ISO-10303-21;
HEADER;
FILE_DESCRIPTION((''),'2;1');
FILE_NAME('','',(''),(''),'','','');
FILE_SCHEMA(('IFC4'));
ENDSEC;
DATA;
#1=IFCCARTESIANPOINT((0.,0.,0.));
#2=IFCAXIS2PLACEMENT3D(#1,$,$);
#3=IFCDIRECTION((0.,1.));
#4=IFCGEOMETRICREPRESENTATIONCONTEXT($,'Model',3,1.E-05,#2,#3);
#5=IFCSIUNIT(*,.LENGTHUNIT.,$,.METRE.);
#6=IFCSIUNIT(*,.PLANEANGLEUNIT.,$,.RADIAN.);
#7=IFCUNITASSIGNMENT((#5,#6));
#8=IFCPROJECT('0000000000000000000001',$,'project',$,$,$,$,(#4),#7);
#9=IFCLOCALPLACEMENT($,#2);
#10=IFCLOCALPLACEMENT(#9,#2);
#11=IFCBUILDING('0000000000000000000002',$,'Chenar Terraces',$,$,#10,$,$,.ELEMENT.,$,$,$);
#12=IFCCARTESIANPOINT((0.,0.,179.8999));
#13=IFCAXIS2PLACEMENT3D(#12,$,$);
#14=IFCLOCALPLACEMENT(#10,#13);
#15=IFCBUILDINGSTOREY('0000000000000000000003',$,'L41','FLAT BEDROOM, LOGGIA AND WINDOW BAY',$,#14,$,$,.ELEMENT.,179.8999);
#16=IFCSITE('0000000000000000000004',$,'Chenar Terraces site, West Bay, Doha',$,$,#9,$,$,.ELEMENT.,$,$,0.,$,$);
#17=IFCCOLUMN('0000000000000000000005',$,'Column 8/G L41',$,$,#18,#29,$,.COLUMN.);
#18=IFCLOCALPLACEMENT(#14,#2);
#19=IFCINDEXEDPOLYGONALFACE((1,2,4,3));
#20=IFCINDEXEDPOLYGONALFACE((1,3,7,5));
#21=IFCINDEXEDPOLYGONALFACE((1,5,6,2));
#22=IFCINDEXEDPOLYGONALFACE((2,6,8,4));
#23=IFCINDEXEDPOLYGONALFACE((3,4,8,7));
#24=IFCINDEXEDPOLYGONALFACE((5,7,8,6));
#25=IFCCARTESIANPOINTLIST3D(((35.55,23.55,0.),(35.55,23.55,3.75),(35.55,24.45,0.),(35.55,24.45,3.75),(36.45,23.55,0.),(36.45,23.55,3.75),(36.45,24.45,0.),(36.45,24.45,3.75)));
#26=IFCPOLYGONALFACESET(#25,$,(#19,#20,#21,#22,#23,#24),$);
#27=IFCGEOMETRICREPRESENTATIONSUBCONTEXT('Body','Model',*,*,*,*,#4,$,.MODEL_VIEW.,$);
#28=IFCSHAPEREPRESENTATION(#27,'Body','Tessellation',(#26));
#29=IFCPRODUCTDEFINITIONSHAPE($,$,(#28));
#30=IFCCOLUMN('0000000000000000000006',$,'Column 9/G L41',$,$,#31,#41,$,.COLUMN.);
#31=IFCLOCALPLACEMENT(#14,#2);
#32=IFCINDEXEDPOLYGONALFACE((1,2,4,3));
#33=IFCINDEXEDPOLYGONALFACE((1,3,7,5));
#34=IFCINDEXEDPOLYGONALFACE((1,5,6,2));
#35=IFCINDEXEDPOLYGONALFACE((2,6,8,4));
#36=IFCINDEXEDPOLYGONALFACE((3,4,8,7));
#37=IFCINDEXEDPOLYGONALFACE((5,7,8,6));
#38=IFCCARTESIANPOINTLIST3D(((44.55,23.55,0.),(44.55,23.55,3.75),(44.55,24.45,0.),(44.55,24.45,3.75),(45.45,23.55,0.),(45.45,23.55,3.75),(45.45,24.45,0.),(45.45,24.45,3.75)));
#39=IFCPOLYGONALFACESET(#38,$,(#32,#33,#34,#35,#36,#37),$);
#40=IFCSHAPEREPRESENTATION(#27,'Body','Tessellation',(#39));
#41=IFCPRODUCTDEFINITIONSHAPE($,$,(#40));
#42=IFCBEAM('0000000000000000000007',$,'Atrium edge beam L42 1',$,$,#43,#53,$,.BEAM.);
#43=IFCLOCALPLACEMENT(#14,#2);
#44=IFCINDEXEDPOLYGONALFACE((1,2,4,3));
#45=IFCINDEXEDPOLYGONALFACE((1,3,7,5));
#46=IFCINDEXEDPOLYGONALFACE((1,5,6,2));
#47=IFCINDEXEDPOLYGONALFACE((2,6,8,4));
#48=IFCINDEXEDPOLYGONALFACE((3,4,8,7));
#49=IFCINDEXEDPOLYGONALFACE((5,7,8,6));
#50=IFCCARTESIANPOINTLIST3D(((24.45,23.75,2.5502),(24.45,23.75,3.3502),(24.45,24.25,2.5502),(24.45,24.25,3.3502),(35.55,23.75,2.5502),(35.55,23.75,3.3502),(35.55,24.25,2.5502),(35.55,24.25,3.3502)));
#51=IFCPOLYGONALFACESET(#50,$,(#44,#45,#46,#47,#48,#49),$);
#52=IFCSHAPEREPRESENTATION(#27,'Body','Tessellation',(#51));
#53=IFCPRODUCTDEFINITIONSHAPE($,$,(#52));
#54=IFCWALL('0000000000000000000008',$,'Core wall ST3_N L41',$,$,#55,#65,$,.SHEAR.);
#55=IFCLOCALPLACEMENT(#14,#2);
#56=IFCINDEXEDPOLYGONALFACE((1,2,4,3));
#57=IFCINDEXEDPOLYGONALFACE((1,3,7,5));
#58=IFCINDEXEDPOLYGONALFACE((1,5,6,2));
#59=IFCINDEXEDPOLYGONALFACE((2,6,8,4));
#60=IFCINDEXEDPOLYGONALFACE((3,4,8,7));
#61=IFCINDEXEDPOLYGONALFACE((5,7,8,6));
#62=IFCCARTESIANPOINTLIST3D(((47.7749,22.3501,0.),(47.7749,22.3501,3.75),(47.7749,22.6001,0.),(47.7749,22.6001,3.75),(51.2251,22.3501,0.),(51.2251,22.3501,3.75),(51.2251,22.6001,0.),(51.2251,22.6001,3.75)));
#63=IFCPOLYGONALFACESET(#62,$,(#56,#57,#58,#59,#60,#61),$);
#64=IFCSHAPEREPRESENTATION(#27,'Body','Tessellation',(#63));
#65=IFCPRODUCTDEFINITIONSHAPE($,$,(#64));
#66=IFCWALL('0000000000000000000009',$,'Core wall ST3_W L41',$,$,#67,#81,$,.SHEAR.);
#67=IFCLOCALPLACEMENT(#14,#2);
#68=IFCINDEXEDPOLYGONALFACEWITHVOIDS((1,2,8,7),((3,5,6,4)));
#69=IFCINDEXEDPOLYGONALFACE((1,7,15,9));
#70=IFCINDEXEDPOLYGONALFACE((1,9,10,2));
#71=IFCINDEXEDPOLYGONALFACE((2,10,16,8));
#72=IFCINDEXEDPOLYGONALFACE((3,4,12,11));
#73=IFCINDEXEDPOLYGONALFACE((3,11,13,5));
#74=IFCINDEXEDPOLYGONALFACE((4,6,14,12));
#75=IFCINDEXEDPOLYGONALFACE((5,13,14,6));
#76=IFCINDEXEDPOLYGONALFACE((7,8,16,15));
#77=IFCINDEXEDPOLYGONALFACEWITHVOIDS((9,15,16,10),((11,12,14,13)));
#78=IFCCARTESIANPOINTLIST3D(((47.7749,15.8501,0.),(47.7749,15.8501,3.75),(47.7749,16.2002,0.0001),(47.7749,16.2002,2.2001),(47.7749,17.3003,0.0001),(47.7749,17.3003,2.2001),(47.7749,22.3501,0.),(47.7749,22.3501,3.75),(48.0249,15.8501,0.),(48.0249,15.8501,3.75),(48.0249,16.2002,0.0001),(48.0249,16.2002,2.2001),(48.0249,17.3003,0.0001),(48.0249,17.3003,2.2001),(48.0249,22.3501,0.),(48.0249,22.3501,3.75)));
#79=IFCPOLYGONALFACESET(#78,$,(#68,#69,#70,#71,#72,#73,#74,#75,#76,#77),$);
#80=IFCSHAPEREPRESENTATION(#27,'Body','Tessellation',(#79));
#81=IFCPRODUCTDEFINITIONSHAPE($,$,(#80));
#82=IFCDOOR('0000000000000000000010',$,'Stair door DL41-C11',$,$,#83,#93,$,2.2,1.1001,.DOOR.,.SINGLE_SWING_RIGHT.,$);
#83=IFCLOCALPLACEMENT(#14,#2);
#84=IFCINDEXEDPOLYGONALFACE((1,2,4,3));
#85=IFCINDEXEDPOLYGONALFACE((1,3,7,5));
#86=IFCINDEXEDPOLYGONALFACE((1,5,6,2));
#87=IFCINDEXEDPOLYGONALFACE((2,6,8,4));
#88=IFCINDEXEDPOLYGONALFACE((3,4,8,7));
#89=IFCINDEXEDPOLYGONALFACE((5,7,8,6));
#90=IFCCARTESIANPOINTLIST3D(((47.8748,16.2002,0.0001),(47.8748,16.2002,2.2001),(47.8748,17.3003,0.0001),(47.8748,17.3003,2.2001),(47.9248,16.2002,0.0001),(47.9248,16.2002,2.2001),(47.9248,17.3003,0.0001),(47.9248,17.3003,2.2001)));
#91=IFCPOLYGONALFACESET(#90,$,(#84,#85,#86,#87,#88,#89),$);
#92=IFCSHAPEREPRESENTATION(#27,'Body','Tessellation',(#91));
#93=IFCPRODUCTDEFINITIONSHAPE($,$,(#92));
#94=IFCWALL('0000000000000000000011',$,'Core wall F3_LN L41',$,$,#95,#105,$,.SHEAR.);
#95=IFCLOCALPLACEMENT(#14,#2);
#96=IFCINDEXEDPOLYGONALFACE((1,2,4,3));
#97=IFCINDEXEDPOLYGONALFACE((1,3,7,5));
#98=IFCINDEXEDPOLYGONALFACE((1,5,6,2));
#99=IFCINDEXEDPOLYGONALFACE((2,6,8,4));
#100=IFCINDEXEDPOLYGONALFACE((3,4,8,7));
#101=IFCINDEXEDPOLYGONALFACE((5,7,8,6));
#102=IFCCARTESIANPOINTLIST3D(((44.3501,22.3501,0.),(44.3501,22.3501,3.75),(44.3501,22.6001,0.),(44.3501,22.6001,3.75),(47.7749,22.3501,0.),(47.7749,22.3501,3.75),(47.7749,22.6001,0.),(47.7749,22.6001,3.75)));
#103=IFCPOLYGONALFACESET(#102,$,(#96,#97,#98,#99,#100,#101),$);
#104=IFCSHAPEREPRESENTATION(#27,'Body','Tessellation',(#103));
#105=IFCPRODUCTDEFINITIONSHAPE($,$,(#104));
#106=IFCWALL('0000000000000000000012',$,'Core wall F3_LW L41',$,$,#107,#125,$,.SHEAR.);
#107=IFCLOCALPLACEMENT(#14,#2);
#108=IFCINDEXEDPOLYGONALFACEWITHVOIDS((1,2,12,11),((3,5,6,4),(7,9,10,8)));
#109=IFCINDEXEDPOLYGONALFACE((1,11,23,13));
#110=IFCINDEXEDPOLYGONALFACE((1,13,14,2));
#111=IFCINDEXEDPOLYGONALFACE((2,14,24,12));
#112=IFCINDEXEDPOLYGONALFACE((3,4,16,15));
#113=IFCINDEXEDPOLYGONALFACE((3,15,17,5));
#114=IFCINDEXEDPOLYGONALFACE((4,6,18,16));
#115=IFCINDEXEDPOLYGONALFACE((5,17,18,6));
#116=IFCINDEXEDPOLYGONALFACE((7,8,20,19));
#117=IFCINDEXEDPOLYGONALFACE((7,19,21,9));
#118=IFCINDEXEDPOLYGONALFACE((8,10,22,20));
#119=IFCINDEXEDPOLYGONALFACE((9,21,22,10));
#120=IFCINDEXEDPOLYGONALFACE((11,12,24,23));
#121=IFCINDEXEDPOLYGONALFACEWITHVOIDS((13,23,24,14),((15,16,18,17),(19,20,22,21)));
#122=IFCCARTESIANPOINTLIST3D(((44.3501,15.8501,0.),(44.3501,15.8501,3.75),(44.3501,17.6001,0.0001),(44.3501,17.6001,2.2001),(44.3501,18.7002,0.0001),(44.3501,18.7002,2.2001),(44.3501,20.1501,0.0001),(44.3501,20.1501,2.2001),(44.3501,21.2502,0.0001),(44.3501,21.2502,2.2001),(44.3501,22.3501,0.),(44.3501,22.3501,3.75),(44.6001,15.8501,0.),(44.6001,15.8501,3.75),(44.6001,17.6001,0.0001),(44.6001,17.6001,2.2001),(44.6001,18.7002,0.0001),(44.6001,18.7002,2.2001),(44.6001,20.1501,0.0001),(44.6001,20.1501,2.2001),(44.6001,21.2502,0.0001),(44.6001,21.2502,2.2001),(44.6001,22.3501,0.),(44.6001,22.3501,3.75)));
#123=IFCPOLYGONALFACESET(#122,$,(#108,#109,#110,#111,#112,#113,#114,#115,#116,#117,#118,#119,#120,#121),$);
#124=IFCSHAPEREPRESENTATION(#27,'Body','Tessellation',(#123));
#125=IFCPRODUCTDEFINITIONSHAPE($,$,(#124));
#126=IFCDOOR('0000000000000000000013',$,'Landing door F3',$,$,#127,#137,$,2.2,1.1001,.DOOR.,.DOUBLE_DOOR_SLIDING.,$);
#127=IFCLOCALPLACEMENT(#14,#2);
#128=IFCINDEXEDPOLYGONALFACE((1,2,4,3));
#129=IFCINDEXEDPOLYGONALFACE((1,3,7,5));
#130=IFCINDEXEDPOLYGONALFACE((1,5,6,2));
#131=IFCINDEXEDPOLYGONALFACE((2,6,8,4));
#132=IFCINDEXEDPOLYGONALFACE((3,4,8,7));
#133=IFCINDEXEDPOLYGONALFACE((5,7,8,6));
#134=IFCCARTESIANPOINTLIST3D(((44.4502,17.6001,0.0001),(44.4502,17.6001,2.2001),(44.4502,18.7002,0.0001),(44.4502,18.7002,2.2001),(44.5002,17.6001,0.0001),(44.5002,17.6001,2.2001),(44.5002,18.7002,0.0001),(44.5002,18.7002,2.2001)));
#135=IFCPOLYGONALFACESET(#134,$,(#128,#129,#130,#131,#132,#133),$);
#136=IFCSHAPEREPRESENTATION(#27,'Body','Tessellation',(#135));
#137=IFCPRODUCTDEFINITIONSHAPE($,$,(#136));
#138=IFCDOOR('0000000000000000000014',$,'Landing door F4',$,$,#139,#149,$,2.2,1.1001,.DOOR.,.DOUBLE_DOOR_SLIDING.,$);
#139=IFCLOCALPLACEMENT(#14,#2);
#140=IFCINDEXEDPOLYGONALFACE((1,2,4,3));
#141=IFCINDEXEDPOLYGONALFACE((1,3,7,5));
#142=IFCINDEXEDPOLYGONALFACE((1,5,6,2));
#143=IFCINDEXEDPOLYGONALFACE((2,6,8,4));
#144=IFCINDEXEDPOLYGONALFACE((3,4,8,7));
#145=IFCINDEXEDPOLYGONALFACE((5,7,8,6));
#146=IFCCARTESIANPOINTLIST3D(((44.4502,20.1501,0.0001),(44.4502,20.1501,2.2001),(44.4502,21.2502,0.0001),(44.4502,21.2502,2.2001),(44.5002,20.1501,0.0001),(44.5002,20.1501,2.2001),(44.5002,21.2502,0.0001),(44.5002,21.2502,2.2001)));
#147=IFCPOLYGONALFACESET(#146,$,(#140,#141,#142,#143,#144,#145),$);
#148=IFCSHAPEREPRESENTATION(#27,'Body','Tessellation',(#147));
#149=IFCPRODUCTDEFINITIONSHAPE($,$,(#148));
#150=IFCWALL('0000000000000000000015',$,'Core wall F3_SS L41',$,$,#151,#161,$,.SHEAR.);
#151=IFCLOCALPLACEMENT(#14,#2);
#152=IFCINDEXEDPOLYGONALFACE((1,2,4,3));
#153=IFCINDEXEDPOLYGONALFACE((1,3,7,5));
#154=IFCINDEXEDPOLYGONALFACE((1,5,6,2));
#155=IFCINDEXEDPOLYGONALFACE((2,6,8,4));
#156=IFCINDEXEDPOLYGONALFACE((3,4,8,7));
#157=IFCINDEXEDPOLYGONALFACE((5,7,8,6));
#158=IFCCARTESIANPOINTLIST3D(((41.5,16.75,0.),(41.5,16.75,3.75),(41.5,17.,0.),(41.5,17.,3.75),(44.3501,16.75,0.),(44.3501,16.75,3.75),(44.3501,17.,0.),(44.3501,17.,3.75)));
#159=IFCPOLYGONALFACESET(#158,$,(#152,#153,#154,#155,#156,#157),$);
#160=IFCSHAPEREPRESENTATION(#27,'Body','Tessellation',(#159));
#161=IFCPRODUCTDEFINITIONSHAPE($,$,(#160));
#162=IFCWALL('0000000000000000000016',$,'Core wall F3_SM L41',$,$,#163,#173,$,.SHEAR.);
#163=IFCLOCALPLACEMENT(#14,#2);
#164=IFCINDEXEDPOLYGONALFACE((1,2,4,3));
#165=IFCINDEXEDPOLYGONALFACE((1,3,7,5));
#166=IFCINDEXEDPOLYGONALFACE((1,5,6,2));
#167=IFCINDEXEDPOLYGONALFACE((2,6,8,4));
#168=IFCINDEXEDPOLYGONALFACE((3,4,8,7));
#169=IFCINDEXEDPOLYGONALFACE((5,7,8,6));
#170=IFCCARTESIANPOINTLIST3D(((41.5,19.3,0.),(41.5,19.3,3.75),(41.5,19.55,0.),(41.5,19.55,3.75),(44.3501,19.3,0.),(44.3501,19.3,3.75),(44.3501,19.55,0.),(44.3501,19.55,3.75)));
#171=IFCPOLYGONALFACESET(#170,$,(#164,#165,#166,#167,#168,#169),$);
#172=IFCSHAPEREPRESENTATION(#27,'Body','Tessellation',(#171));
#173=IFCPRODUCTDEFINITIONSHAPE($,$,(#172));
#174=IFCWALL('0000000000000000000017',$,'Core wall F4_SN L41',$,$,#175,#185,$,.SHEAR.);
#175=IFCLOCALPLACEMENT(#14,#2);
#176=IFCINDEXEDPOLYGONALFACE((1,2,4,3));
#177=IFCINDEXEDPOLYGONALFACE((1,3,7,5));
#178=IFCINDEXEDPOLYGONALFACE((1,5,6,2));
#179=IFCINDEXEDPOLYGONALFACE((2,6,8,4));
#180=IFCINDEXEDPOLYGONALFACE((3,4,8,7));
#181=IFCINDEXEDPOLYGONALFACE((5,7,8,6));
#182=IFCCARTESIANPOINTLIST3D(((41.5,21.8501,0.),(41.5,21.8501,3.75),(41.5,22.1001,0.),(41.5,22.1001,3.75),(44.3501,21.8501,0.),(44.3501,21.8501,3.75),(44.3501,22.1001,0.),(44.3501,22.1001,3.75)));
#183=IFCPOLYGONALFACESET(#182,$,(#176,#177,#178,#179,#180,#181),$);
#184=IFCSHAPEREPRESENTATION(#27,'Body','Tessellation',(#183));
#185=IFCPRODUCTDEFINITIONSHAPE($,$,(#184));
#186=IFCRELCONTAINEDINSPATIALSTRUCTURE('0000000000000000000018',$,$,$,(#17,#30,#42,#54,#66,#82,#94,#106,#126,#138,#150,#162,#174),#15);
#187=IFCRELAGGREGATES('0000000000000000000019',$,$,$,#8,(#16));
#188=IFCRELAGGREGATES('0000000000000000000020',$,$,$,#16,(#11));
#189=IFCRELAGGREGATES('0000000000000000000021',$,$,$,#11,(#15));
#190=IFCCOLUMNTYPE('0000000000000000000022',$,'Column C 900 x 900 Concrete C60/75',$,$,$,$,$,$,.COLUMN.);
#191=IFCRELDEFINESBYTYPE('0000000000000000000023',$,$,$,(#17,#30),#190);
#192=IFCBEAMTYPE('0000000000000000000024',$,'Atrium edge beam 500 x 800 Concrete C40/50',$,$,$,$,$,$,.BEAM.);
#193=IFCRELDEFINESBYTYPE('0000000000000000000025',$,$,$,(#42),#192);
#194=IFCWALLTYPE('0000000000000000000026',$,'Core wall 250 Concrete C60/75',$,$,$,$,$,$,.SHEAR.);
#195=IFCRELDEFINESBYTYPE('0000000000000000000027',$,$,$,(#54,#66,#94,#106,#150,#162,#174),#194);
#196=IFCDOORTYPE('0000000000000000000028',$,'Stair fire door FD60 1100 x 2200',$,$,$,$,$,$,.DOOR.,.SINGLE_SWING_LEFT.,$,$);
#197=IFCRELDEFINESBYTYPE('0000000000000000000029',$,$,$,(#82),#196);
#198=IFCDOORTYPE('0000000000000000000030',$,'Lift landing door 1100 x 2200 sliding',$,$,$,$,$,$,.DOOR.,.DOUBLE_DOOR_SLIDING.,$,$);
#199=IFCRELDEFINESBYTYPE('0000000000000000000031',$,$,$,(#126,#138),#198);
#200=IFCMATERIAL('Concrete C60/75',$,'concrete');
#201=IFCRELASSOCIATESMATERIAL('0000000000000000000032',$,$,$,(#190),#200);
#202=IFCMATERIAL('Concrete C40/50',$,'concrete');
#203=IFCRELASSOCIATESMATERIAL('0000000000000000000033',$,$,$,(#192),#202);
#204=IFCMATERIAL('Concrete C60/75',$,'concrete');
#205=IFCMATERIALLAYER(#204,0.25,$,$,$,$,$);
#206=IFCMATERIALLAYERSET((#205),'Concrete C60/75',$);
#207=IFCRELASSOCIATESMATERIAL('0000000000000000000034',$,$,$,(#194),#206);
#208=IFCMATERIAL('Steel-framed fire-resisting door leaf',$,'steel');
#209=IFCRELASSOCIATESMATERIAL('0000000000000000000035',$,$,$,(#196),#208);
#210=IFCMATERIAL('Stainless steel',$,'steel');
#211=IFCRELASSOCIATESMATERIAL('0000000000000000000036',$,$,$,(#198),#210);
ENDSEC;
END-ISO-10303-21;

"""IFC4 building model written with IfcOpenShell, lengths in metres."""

from ifc_helpers import new_model, si_unit, direction, frame, frame_2d, origin, origin_2d, place, context, subcontext, project, spatial, rectangle, extrude, material, layer, layer_set, material_profile, profile_set, type_object, element, fill, save


model = new_model("IFC4")

# Units and contexts
model_context = context("Model", 3, precision=1e-05, world=origin(), true_north=direction((0.0, 1.0)))
body_context = subcontext(model_context, "Body", "Model", "MODEL_VIEW")
ifc_project = project(units=[si_unit("LENGTHUNIT", "METRE"), si_unit("PLANEANGLEUNIT", "RADIAN")], contexts=[model_context])

# Site, building, storey
site_placement = place(None, origin())
site = spatial("IfcSite", under=ifc_project, at=site_placement, Name="Chenar Terraces site, West Bay, Doha", CompositionType="ELEMENT", RefElevation=0.0)
building_placement = place(site_placement, origin())
building = spatial("IfcBuilding", under=site, at=building_placement, Name="Chenar Terraces", CompositionType="ELEMENT")
storey_placement = place(building_placement, frame((0.0, 0.0, 179.8999)))
storey = spatial("IfcBuildingStorey", under=building, at=storey_placement, Name="L41", Description="FLAT BEDROOM, LOGGIA AND WINDOW BAY", CompositionType="ELEMENT", Elevation=179.8999)

# Columns
ifc_material_1 = material(Name="Concrete C60/75", Category="concrete")
ifc_material_profile_1 = material_profile(ifc_material_1, rectangle(XDim=0.8999, YDim=0.8999, at=origin_2d()), Name="C 900 x 900")
ifc_profile_set_1 = profile_set([ifc_material_profile_1], Name="Concrete C60/75")
column_type = type_object("IfcColumnType", Name="Column C 900 x 900 Concrete C60/75", PredefinedType="COLUMN", material=ifc_profile_set_1)
for number, where, z_axis, x_axis, name in (
    (1, (36.0, 24.0, 0.0), (0.0, 0.0, 1.0), (1.0, 0.0, 0.0), "Column 8/G L41"),
    (2, (45.0, 24.0, 0.0), (0.0, 0.0, 1.0), (1.0, 0.0, 0.0), "Column 9/G L41"),
):
    element("IfcColumn", number, at=place(storey_placement, frame(where, z_axis=z_axis, x_axis=x_axis)), inside=storey, type_object=column_type, Name=name, PredefinedType="COLUMN", context=body_context, shape_type="SweptSolid", body=[
        extrude(rectangle(XDim=0.8999, YDim=0.8999, at=origin_2d()), origin(), (0.0, 0.0, 1.0), 3.75),
    ])

# Beam
ifc_material_2 = material(Name="Concrete C40/50", Category="concrete")
ifc_material_profile_2 = material_profile(ifc_material_2, rectangle(XDim=0.5, YDim=0.8, at=origin_2d()), Name="RC 500 x 800")
ifc_profile_set_2 = profile_set([ifc_material_profile_2], Name="Concrete C40/50")
beam_type = type_object("IfcBeamType", Name="Atrium edge beam 500 x 800 Concrete C40/50", PredefinedType="BEAM", material=ifc_profile_set_2)
beam_placement = place(storey_placement, frame((24.45, 24.0, 2.9502), z_axis=(1.0, 0.0, 0.0), x_axis=(0.0, 1.0, 0.0)))
element("IfcBeam", 3, at=beam_placement, inside=storey, type_object=beam_type, Name="Atrium edge beam L42 1", PredefinedType="BEAM", context=body_context, shape_type="SweptSolid", body=[
    extrude(rectangle(XDim=0.5, YDim=0.8, at=origin_2d()), origin(), (0.0, 0.0, 1.0), 11.1001),
])

# Wall
ifc_material_3 = material(Name="Concrete C60/75", Category="concrete")
ifc_layer_1 = layer(ifc_material_3, 0.25)
ifc_layer_set_1 = layer_set([ifc_layer_1], Name="Concrete C60/75")
wall_type_1 = type_object("IfcWallType", Name="Core wall 250 Concrete C60/75", PredefinedType="SHEAR", material=ifc_layer_set_1)
wall_1_placement = place(storey_placement, frame((47.7749, 22.4751, 0.0), z_axis=(0.0, 0.0, 1.0), x_axis=(1.0, 0.0, 0.0)))
element("IfcWall", 4, at=wall_1_placement, inside=storey, type_object=wall_type_1, Name="Core wall ST3_N L41", PredefinedType="SHEAR", context=body_context, shape_type="SweptSolid", body=[
    extrude(rectangle(XDim=3.4502, YDim=0.25, at=frame_2d((1.7251, 0.0))), origin(), (0.0, 0.0, 1.0), 3.75),
])

# Wall, opening, door
wall_2_placement = place(storey_placement, frame((47.8999, 15.8501, 0.0), z_axis=(0.0, 0.0, 1.0), x_axis=(0.0, 1.0, 0.0)))
wall_2 = element("IfcWall", 5, at=wall_2_placement, inside=storey, type_object=wall_type_1, Name="Core wall ST3_W L41", PredefinedType="SHEAR", context=body_context, shape_type="SweptSolid", body=[
    extrude(rectangle(XDim=6.5, YDim=0.25, at=frame_2d((3.25, 0.0))), origin(), (0.0, 0.0, 1.0), 3.75),
])
opening_1_placement = place(wall_2_placement, frame((0.3501, 0.0, 0.0)))
opening_1 = element("IfcOpeningElement", 6, at=opening_1_placement, cuts=wall_2, PredefinedType="OPENING", context=body_context, shape_type="SweptSolid", body=[
    extrude(rectangle(XDim=1.1001, YDim=2.2, at=frame_2d((0.55, 1.1001))), frame((0.0, 0.135, 0.0), z_axis=(0.0, -1.0, 0.0), x_axis=(1.0, 0.0, 0.0)), (0.0, 0.0, 1.0), 0.27),
])
ifc_material_4 = material(Name="Steel-framed fire-resisting door leaf", Category="steel")
door_type_1 = type_object("IfcDoorType", Name="Stair fire door FD60 1100 x 2200", OperationType="SINGLE_SWING_LEFT", PredefinedType="DOOR", material=ifc_material_4)
door_1_placement = place(opening_1_placement, frame((1.1001, 0.0, 0.0), z_axis=(0.0, 0.0, 1.0), x_axis=(-1.0, 0.0, 0.0)))
door_1 = element("IfcDoor", 7, at=door_1_placement, inside=storey, type_object=door_type_1, Name="Stair door DL41-C11", OperationType="SINGLE_SWING_RIGHT", OverallHeight=2.2, OverallWidth=1.1001, PredefinedType="DOOR", context=body_context, shape_type="SweptSolid", body=[
    extrude(rectangle(XDim=1.1001, YDim=2.2, at=frame_2d((0.55, 1.1001))), frame((0.0, 0.0249, 0.0), z_axis=(0.0, -1.0, 0.0), x_axis=(1.0, 0.0, 0.0)), (0.0, 0.0, 1.0), 0.05),
])
fill(opening_1, door_1)

# Wall
wall_3_placement = place(storey_placement, frame((44.3501, 22.4751, 0.0), z_axis=(0.0, 0.0, 1.0), x_axis=(1.0, 0.0, 0.0)))
element("IfcWall", 8, at=wall_3_placement, inside=storey, type_object=wall_type_1, Name="Core wall F3_LN L41", PredefinedType="SHEAR", context=body_context, shape_type="SweptSolid", body=[
    extrude(rectangle(XDim=3.4248, YDim=0.25, at=frame_2d((1.7124, 0.0))), origin(), (0.0, 0.0, 1.0), 3.75),
])

# Wall, openings, doors
wall_4_placement = place(storey_placement, frame((44.4751, 15.8501, 0.0), z_axis=(0.0, 0.0, 1.0), x_axis=(0.0, 1.0, 0.0)))
wall_4 = element("IfcWall", 9, at=wall_4_placement, inside=storey, type_object=wall_type_1, Name="Core wall F3_LW L41", PredefinedType="SHEAR", context=body_context, shape_type="SweptSolid", body=[
    extrude(rectangle(XDim=6.5, YDim=0.25, at=frame_2d((3.25, 0.0))), origin(), (0.0, 0.0, 1.0), 3.75),
])
opening_2_placement = place(wall_4_placement, frame((1.75, 0.0, 0.0)))
opening_2 = element("IfcOpeningElement", 10, at=opening_2_placement, cuts=wall_4, PredefinedType="OPENING", context=body_context, shape_type="SweptSolid", body=[
    extrude(rectangle(XDim=1.1001, YDim=2.2, at=frame_2d((0.55, 1.1001))), frame((0.0, 0.135, 0.0), z_axis=(0.0, -1.0, 0.0), x_axis=(1.0, 0.0, 0.0)), (0.0, 0.0, 1.0), 0.27),
])
opening_3_placement = place(wall_4_placement, frame((4.3, 0.0, 0.0)))
opening_3 = element("IfcOpeningElement", 11, at=opening_3_placement, cuts=wall_4, PredefinedType="OPENING", context=body_context, shape_type="SweptSolid", body=[
    extrude(rectangle(XDim=1.1001, YDim=2.2, at=frame_2d((0.55, 1.1001))), frame((0.0, 0.135, 0.0), z_axis=(0.0, -1.0, 0.0), x_axis=(1.0, 0.0, 0.0)), (0.0, 0.0, 1.0), 0.27),
])
ifc_material_5 = material(Name="Stainless steel", Category="steel")
door_type_2 = type_object("IfcDoorType", Name="Lift landing door 1100 x 2200 sliding", OperationType="DOUBLE_DOOR_SLIDING", PredefinedType="DOOR", material=ifc_material_5)
door_2_placement = place(opening_2_placement, origin())
door_2 = element("IfcDoor", 12, at=door_2_placement, inside=storey, type_object=door_type_2, Name="Landing door F3", OperationType="DOUBLE_DOOR_SLIDING", OverallHeight=2.2, OverallWidth=1.1001, PredefinedType="DOOR", context=body_context, shape_type="SweptSolid", body=[
    extrude(rectangle(XDim=1.1001, YDim=2.2, at=frame_2d((0.55, 1.1001))), frame((0.0, 0.0249, 0.0), z_axis=(0.0, -1.0, 0.0), x_axis=(1.0, 0.0, 0.0)), (0.0, 0.0, 1.0), 0.05),
])
fill(opening_2, door_2)
door_3_placement = place(opening_3_placement, origin())
door_3 = element("IfcDoor", 13, at=door_3_placement, inside=storey, type_object=door_type_2, Name="Landing door F4", OperationType="DOUBLE_DOOR_SLIDING", OverallHeight=2.2, OverallWidth=1.1001, PredefinedType="DOOR", context=body_context, shape_type="SweptSolid", body=[
    extrude(rectangle(XDim=1.1001, YDim=2.2, at=frame_2d((0.55, 1.1001))), frame((0.0, 0.0249, 0.0), z_axis=(0.0, -1.0, 0.0), x_axis=(1.0, 0.0, 0.0)), (0.0, 0.0, 1.0), 0.05),
])
fill(opening_3, door_3)

# Walls
for number, where, z_axis, x_axis, name in (
    (14, (41.5, 16.875, 0.0), (0.0, 0.0, 1.0), (1.0, 0.0, 0.0), "Core wall F3_SS L41"),
    (15, (41.5, 19.425, 0.0), (0.0, 0.0, 1.0), (1.0, 0.0, 0.0), "Core wall F3_SM L41"),
    (16, (41.5, 21.9751, 0.0), (0.0, 0.0, 1.0), (1.0, 0.0, 0.0), "Core wall F4_SN L41"),
):
    element("IfcWall", number, at=place(storey_placement, frame(where, z_axis=z_axis, x_axis=x_axis)), inside=storey, type_object=wall_type_1, Name=name, PredefinedType="SHEAR", context=body_context, shape_type="SweptSolid", body=[
        extrude(rectangle(XDim=2.8501, YDim=0.25, at=frame_2d((1.425, 0.0))), origin(), (0.0, 0.0, 1.0), 3.75),
    ])

save(model, "model.ifc")
